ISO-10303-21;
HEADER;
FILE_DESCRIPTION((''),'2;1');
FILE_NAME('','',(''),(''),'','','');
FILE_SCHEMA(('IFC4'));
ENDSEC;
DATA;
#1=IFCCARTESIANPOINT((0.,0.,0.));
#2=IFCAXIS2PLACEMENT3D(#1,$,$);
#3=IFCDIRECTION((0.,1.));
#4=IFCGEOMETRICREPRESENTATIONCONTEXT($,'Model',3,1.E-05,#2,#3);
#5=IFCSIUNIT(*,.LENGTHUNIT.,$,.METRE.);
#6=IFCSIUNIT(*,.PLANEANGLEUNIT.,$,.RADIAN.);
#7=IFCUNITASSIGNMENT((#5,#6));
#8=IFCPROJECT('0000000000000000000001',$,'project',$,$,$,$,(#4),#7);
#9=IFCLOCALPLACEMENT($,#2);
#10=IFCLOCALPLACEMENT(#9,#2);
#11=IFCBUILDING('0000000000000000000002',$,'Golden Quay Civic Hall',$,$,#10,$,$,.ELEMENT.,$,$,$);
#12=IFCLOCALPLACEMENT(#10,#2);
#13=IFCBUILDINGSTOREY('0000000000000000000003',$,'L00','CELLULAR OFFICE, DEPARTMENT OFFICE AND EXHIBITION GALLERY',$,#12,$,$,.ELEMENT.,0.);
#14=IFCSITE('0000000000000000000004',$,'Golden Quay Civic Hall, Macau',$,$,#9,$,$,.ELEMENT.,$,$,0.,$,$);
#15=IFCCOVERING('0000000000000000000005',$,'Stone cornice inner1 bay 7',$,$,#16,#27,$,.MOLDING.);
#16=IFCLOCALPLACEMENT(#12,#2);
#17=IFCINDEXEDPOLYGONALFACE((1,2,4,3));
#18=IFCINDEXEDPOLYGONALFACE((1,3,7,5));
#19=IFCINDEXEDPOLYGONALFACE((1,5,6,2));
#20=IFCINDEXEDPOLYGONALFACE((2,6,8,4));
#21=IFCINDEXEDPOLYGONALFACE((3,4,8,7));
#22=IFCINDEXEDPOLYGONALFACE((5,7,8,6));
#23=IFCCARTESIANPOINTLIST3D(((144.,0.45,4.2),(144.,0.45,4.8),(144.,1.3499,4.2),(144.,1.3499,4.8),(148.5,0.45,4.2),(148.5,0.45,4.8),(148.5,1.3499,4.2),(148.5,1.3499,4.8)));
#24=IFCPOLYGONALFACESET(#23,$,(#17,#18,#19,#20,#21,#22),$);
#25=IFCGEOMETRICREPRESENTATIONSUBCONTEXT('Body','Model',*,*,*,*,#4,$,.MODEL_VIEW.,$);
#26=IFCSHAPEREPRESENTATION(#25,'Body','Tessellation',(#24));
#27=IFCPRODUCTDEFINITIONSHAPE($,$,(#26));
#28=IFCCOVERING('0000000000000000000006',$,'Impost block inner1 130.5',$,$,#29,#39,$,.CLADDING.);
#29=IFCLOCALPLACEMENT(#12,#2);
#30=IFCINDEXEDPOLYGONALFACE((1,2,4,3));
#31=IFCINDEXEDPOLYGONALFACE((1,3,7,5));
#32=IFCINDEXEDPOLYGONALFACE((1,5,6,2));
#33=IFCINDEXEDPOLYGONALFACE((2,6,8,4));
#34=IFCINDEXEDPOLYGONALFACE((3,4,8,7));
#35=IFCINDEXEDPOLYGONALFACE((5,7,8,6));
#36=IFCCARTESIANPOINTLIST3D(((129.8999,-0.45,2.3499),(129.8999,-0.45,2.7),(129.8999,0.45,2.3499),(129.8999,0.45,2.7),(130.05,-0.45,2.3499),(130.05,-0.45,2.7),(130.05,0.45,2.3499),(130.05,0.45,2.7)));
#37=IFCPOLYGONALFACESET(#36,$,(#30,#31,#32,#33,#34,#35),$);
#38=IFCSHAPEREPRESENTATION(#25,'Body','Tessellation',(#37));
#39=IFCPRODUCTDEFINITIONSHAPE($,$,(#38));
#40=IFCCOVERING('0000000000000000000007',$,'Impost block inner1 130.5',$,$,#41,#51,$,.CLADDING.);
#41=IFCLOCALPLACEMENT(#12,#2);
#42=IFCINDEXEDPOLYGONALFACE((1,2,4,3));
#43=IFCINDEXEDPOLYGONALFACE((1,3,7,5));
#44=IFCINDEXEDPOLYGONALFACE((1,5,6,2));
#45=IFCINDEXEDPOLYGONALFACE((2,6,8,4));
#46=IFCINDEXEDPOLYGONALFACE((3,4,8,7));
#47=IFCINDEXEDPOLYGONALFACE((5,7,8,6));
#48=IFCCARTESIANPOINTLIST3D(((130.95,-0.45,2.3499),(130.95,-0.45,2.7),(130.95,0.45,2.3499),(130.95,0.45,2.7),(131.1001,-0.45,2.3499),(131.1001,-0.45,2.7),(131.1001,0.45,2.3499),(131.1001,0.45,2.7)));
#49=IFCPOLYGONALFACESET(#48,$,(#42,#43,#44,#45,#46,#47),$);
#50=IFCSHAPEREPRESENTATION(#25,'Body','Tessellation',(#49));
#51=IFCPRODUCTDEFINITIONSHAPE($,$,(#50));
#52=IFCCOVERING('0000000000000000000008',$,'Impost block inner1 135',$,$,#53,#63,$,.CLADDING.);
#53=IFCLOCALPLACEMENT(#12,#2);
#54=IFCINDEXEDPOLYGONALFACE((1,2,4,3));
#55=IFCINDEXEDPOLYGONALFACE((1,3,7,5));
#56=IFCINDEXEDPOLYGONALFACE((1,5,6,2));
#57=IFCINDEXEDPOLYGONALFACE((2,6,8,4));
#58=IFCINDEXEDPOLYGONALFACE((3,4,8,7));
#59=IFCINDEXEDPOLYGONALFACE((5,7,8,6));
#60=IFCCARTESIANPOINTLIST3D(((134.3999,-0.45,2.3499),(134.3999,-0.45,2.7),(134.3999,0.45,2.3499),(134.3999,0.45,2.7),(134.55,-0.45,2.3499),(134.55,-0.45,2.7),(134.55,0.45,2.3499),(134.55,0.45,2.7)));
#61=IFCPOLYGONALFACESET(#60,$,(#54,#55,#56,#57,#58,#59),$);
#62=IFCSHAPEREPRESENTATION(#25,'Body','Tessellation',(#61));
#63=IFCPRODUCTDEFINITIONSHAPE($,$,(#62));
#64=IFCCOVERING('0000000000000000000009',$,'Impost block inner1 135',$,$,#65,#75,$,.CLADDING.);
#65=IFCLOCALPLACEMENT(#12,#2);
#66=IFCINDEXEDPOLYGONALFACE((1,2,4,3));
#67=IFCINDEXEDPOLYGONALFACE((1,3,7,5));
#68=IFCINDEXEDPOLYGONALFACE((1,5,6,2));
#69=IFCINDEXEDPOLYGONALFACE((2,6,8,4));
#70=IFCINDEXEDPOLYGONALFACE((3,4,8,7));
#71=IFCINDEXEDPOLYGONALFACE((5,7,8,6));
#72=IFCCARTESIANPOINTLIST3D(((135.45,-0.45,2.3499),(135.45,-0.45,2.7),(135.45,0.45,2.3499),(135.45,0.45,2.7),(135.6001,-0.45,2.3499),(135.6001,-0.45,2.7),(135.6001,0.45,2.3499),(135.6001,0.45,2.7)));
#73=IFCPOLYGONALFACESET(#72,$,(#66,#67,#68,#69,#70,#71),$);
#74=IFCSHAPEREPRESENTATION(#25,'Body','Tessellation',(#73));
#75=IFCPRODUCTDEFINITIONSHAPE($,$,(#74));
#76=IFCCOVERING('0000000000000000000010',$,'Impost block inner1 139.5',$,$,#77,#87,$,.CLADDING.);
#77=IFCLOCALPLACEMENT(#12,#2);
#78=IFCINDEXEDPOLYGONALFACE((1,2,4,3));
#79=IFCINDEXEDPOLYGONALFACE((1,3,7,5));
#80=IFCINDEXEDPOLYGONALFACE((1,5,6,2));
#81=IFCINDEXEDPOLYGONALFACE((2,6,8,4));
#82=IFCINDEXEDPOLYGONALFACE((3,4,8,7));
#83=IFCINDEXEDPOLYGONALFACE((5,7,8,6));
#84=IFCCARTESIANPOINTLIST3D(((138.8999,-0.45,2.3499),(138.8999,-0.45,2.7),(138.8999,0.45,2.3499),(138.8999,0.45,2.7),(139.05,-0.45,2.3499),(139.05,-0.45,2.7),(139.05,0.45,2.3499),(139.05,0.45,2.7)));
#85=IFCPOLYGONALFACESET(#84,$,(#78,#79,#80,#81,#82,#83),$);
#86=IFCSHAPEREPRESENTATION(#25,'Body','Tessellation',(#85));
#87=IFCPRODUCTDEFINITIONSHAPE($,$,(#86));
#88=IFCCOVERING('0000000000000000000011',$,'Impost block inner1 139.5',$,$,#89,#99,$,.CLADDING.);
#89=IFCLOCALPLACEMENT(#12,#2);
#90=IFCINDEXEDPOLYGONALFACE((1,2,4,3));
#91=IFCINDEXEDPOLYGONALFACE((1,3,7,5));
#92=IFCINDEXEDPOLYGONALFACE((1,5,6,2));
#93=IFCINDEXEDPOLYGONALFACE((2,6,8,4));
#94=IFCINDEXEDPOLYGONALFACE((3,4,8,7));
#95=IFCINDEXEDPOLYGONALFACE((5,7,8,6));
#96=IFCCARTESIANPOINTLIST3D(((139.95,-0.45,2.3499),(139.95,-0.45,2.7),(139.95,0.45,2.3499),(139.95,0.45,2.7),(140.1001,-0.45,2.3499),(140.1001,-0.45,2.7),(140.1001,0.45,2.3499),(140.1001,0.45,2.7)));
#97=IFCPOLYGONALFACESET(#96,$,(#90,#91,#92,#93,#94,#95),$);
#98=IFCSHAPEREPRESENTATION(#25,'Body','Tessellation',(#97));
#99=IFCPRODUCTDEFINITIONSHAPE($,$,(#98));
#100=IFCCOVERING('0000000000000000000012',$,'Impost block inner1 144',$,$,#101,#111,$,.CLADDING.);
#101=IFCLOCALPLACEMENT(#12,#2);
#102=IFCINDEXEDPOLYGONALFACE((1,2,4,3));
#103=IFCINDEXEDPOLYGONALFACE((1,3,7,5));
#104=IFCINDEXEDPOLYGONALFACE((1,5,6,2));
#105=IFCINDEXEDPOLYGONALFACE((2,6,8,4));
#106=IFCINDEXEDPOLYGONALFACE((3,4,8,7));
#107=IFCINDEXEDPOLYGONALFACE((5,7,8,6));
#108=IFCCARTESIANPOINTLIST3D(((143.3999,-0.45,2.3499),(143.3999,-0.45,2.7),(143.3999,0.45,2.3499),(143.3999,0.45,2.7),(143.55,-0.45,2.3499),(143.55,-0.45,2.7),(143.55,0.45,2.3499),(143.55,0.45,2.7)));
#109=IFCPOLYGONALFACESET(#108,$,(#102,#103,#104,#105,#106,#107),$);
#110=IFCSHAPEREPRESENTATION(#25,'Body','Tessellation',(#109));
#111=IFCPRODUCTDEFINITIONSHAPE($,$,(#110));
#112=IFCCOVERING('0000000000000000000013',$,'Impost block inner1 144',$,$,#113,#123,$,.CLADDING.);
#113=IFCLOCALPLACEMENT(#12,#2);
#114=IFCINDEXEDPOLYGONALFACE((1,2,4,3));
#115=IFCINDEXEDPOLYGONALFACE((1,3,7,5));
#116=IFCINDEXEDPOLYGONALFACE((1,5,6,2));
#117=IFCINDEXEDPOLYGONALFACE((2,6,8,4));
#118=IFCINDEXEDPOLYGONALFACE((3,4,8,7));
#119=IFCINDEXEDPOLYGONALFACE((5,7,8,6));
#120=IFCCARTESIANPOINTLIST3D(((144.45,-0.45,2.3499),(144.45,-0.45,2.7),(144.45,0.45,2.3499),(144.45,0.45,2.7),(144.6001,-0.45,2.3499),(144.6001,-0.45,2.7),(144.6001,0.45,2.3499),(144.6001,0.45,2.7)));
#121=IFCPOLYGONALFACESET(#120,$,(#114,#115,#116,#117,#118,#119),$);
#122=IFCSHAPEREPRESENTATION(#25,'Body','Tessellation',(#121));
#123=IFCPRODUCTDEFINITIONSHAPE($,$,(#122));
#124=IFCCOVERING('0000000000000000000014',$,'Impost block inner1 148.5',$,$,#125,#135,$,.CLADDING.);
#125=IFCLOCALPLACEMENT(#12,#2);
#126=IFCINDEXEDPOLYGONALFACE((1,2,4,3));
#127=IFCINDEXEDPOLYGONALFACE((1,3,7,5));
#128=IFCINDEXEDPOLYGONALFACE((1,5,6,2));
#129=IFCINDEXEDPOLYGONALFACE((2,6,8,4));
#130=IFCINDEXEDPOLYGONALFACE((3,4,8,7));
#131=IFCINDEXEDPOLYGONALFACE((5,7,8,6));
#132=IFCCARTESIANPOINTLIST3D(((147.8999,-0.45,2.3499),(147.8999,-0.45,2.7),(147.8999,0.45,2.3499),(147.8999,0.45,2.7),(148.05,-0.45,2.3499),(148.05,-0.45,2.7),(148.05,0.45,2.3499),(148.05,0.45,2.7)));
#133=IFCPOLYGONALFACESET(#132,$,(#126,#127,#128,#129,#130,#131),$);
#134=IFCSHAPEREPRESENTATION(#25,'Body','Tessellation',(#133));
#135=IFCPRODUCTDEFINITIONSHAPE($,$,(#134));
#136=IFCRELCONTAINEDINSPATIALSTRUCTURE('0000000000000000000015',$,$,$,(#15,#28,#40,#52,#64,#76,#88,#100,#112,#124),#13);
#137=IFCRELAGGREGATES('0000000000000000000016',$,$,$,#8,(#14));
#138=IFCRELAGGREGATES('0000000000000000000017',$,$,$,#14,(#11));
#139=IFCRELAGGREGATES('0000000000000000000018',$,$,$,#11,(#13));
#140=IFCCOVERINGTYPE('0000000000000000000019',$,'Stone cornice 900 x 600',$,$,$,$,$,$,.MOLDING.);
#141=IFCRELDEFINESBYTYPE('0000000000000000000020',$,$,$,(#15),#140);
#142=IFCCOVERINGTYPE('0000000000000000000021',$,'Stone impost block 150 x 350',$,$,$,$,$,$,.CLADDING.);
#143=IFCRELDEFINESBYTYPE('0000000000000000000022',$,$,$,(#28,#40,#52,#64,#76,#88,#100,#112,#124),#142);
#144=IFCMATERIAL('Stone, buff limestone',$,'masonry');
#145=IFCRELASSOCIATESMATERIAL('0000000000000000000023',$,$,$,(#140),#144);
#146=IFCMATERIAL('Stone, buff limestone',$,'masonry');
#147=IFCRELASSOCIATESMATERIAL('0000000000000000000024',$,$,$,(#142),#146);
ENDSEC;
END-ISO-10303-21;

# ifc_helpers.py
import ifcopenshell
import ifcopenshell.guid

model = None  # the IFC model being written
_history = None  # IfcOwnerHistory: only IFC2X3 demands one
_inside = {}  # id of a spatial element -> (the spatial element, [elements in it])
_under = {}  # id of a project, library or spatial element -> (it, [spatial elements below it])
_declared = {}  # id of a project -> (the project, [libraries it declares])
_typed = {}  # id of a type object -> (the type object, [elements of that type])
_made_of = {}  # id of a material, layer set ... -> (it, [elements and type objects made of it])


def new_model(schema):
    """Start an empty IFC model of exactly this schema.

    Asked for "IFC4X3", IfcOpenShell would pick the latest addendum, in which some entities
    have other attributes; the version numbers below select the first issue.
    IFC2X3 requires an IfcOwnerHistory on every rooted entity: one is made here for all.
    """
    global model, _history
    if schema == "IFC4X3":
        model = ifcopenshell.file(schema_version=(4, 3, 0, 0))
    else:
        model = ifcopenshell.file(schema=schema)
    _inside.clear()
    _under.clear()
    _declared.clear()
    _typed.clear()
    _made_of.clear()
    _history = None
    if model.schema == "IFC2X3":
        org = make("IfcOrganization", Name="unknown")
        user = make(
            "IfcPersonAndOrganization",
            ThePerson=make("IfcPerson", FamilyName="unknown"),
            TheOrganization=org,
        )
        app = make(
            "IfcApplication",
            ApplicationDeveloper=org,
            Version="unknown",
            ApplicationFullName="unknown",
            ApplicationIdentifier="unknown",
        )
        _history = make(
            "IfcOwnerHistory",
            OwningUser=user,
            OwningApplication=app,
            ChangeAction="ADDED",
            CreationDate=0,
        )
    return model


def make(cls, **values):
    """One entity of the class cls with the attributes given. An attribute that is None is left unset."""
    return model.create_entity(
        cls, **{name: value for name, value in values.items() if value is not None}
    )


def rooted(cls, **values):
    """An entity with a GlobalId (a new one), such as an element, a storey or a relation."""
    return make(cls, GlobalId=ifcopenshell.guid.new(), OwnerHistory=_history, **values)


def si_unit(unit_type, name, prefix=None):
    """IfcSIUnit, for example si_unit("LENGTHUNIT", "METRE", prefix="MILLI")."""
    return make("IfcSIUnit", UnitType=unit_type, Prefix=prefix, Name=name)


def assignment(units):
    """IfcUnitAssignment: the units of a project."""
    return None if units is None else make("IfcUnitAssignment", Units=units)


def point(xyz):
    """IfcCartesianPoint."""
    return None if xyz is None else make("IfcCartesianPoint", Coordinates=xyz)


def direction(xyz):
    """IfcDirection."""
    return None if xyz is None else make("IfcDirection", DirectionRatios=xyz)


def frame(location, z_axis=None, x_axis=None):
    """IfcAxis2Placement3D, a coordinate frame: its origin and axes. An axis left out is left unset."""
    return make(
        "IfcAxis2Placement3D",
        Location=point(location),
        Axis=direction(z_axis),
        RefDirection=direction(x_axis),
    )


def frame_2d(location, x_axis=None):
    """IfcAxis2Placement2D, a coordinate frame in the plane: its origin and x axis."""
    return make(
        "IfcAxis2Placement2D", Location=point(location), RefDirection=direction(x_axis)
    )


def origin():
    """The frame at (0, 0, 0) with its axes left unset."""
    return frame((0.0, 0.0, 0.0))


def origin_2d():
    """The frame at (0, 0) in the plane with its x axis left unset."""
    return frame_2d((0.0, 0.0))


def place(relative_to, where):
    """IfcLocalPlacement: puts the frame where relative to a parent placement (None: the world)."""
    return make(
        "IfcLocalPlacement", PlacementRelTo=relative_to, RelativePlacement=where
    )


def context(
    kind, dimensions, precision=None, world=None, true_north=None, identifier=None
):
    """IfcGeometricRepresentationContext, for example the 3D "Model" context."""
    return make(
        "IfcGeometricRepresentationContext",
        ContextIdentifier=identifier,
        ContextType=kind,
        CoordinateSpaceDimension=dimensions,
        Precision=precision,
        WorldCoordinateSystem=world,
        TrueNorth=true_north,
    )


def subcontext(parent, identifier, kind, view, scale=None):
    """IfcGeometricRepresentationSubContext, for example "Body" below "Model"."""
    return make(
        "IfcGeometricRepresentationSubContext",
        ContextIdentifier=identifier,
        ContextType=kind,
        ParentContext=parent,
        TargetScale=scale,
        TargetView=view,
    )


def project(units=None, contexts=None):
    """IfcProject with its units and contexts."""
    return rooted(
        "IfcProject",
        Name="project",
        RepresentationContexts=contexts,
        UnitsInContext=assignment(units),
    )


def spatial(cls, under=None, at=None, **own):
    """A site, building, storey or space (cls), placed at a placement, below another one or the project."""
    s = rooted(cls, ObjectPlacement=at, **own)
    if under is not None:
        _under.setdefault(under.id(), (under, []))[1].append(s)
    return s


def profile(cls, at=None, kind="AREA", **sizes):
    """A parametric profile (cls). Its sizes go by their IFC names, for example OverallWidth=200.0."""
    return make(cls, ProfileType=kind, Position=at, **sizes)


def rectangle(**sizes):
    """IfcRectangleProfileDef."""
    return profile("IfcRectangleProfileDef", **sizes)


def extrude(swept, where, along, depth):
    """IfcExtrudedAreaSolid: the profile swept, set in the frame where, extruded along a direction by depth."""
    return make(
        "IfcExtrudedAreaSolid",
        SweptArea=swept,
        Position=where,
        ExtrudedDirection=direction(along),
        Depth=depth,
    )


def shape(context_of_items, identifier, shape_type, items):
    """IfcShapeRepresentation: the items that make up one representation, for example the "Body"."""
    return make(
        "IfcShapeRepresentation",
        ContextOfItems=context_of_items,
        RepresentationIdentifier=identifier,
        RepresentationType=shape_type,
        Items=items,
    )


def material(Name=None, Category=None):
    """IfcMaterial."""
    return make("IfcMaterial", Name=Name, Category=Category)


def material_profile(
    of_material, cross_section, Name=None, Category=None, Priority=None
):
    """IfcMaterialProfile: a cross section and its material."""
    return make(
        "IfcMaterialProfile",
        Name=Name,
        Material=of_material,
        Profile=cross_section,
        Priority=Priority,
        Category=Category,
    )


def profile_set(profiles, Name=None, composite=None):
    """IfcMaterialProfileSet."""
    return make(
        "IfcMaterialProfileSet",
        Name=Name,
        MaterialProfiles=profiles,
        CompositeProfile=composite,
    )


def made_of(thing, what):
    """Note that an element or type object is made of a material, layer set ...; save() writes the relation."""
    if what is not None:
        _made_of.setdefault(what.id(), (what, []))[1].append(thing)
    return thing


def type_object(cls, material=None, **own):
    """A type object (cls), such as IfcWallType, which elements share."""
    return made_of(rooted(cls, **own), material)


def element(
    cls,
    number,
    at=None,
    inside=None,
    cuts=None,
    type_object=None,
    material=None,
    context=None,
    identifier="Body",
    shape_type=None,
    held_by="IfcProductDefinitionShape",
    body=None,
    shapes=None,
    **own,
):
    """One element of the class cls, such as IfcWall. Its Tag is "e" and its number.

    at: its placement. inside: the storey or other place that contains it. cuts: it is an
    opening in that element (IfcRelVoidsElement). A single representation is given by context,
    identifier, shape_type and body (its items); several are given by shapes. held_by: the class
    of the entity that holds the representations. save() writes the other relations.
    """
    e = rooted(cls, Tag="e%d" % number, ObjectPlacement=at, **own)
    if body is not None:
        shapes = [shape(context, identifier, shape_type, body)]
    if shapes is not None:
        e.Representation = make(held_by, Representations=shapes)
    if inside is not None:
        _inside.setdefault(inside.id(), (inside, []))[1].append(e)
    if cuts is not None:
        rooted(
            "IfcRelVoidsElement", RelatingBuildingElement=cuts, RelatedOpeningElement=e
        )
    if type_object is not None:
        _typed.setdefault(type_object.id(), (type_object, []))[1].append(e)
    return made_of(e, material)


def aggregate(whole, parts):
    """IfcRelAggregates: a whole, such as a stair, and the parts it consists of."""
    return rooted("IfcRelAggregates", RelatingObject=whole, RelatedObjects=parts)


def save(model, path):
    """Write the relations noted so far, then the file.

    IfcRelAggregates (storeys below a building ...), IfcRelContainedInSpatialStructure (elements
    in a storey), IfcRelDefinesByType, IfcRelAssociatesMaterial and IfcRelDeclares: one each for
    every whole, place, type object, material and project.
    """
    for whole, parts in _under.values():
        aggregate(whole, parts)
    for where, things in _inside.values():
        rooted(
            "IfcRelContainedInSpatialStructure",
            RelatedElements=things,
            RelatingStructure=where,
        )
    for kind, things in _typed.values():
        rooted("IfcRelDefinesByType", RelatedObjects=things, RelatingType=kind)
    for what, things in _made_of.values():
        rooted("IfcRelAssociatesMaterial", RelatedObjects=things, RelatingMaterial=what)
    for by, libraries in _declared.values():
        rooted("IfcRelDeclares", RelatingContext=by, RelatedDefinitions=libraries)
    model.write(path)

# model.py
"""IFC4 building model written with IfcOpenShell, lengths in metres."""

from ifc_helpers import new_model, si_unit, direction, frame, origin, origin_2d, place, context, subcontext, project, spatial, rectangle, extrude, material, material_profile, profile_set, type_object, element, save


model = new_model("IFC4")

# Units and contexts
model_context = context("Model", 3, precision=1e-05, world=origin(), true_north=direction((0.0, 1.0)))
body_context = subcontext(model_context, "Body", "Model", "MODEL_VIEW")
ifc_project = project(units=[si_unit("LENGTHUNIT", "METRE"), si_unit("PLANEANGLEUNIT", "RADIAN")], contexts=[model_context])

# Site, building, storey
site_placement = place(None, origin())
site = spatial("IfcSite", under=ifc_project, at=site_placement, Name="Golden Quay Civic Hall, Macau", CompositionType="ELEMENT", RefElevation=0.0)
building_placement = place(site_placement, origin())
building = spatial("IfcBuilding", under=site, at=building_placement, Name="Golden Quay Civic Hall", CompositionType="ELEMENT")
storey_placement = place(building_placement, origin())
storey = spatial("IfcBuildingStorey", under=building, at=storey_placement, Name="L00", Description="CELLULAR OFFICE, DEPARTMENT OFFICE AND EXHIBITION GALLERY", CompositionType="ELEMENT", Elevation=0.0)

# Coverings
ifc_material_1 = material(Name="Stone, buff limestone", Category="masonry")
ifc_material_profile_1 = material_profile(ifc_material_1, rectangle(XDim=0.8999, YDim=0.6001, at=origin_2d()), Name="RC 900x600")
ifc_profile_set_1 = profile_set([ifc_material_profile_1], Name="Stone, buff limestone")
covering_type_1 = type_object("IfcCoveringType", Name="Stone cornice 900 x 600", PredefinedType="MOLDING", material=ifc_profile_set_1)
for number, where, z_axis, x_axis, name in (
    (1, (144.0, 0.8999, 4.5), (1.0, 0.0, 0.0), (0.0, 1.0, 0.0), "Stone cornice inner1 bay 7"),
):
    element("IfcCovering", number, at=place(storey_placement, frame(where, z_axis=z_axis, x_axis=x_axis)), inside=storey, type_object=covering_type_1, Name=name, PredefinedType="MOLDING", context=body_context, shape_type="SweptSolid", body=[
        extrude(rectangle(XDim=0.8999, YDim=0.6001, at=origin_2d()), origin(), (0.0, 0.0, 1.0), 4.5),
    ])
ifc_material_2 = material(Name="Stone, buff limestone", Category="masonry")
ifc_material_profile_2 = material_profile(ifc_material_2, rectangle(XDim=0.8999, YDim=0.3501, at=origin_2d()), Name="RC 900x350")
ifc_profile_set_2 = profile_set([ifc_material_profile_2], Name="Stone, buff limestone")
covering_type_2 = type_object("IfcCoveringType", Name="Stone impost block 150 x 350", PredefinedType="CLADDING", material=ifc_profile_set_2)
for number, where, z_axis, x_axis, name in (
    (2, (130.05, 0.0, 2.5249), (-1.0, 0.0, 0.0), (0.0, -1.0, 0.0), "Impost block inner1 130.5"),
    (3, (130.95, 0.0, 2.5249), (1.0, 0.0, 0.0), (0.0, 1.0, 0.0), "Impost block inner1 130.5"),
    (4, (134.55, 0.0, 2.5249), (-1.0, 0.0, 0.0), (0.0, -1.0, 0.0), "Impost block inner1 135"),
    (5, (135.45, 0.0, 2.5249), (1.0, 0.0, 0.0), (0.0, 1.0, 0.0), "Impost block inner1 135"),
    (6, (139.05, 0.0, 2.5249), (-1.0, 0.0, 0.0), (0.0, -1.0, 0.0), "Impost block inner1 139.5"),
    (7, (139.95, 0.0, 2.5249), (1.0, 0.0, 0.0), (0.0, 1.0, 0.0), "Impost block inner1 139.5"),
    (8, (143.55, 0.0, 2.5249), (-1.0, 0.0, 0.0), (0.0, -1.0, 0.0), "Impost block inner1 144"),
    (9, (144.45, 0.0, 2.5249), (1.0, 0.0, 0.0), (0.0, 1.0, 0.0), "Impost block inner1 144"),
    (10, (148.05, 0.0, 2.5249), (-1.0, 0.0, 0.0), (0.0, -1.0, 0.0), "Impost block inner1 148.5"),
):
    element("IfcCovering", number, at=place(storey_placement, frame(where, z_axis=z_axis, x_axis=x_axis)), inside=storey, type_object=covering_type_2, Name=name, PredefinedType="CLADDING", context=body_context, shape_type="SweptSolid", body=[
        extrude(rectangle(XDim=0.8999, YDim=0.3501, at=origin_2d()), origin(), (0.0, 0.0, 1.0), 0.1501),
    ])

save(model, "model.ifc")
